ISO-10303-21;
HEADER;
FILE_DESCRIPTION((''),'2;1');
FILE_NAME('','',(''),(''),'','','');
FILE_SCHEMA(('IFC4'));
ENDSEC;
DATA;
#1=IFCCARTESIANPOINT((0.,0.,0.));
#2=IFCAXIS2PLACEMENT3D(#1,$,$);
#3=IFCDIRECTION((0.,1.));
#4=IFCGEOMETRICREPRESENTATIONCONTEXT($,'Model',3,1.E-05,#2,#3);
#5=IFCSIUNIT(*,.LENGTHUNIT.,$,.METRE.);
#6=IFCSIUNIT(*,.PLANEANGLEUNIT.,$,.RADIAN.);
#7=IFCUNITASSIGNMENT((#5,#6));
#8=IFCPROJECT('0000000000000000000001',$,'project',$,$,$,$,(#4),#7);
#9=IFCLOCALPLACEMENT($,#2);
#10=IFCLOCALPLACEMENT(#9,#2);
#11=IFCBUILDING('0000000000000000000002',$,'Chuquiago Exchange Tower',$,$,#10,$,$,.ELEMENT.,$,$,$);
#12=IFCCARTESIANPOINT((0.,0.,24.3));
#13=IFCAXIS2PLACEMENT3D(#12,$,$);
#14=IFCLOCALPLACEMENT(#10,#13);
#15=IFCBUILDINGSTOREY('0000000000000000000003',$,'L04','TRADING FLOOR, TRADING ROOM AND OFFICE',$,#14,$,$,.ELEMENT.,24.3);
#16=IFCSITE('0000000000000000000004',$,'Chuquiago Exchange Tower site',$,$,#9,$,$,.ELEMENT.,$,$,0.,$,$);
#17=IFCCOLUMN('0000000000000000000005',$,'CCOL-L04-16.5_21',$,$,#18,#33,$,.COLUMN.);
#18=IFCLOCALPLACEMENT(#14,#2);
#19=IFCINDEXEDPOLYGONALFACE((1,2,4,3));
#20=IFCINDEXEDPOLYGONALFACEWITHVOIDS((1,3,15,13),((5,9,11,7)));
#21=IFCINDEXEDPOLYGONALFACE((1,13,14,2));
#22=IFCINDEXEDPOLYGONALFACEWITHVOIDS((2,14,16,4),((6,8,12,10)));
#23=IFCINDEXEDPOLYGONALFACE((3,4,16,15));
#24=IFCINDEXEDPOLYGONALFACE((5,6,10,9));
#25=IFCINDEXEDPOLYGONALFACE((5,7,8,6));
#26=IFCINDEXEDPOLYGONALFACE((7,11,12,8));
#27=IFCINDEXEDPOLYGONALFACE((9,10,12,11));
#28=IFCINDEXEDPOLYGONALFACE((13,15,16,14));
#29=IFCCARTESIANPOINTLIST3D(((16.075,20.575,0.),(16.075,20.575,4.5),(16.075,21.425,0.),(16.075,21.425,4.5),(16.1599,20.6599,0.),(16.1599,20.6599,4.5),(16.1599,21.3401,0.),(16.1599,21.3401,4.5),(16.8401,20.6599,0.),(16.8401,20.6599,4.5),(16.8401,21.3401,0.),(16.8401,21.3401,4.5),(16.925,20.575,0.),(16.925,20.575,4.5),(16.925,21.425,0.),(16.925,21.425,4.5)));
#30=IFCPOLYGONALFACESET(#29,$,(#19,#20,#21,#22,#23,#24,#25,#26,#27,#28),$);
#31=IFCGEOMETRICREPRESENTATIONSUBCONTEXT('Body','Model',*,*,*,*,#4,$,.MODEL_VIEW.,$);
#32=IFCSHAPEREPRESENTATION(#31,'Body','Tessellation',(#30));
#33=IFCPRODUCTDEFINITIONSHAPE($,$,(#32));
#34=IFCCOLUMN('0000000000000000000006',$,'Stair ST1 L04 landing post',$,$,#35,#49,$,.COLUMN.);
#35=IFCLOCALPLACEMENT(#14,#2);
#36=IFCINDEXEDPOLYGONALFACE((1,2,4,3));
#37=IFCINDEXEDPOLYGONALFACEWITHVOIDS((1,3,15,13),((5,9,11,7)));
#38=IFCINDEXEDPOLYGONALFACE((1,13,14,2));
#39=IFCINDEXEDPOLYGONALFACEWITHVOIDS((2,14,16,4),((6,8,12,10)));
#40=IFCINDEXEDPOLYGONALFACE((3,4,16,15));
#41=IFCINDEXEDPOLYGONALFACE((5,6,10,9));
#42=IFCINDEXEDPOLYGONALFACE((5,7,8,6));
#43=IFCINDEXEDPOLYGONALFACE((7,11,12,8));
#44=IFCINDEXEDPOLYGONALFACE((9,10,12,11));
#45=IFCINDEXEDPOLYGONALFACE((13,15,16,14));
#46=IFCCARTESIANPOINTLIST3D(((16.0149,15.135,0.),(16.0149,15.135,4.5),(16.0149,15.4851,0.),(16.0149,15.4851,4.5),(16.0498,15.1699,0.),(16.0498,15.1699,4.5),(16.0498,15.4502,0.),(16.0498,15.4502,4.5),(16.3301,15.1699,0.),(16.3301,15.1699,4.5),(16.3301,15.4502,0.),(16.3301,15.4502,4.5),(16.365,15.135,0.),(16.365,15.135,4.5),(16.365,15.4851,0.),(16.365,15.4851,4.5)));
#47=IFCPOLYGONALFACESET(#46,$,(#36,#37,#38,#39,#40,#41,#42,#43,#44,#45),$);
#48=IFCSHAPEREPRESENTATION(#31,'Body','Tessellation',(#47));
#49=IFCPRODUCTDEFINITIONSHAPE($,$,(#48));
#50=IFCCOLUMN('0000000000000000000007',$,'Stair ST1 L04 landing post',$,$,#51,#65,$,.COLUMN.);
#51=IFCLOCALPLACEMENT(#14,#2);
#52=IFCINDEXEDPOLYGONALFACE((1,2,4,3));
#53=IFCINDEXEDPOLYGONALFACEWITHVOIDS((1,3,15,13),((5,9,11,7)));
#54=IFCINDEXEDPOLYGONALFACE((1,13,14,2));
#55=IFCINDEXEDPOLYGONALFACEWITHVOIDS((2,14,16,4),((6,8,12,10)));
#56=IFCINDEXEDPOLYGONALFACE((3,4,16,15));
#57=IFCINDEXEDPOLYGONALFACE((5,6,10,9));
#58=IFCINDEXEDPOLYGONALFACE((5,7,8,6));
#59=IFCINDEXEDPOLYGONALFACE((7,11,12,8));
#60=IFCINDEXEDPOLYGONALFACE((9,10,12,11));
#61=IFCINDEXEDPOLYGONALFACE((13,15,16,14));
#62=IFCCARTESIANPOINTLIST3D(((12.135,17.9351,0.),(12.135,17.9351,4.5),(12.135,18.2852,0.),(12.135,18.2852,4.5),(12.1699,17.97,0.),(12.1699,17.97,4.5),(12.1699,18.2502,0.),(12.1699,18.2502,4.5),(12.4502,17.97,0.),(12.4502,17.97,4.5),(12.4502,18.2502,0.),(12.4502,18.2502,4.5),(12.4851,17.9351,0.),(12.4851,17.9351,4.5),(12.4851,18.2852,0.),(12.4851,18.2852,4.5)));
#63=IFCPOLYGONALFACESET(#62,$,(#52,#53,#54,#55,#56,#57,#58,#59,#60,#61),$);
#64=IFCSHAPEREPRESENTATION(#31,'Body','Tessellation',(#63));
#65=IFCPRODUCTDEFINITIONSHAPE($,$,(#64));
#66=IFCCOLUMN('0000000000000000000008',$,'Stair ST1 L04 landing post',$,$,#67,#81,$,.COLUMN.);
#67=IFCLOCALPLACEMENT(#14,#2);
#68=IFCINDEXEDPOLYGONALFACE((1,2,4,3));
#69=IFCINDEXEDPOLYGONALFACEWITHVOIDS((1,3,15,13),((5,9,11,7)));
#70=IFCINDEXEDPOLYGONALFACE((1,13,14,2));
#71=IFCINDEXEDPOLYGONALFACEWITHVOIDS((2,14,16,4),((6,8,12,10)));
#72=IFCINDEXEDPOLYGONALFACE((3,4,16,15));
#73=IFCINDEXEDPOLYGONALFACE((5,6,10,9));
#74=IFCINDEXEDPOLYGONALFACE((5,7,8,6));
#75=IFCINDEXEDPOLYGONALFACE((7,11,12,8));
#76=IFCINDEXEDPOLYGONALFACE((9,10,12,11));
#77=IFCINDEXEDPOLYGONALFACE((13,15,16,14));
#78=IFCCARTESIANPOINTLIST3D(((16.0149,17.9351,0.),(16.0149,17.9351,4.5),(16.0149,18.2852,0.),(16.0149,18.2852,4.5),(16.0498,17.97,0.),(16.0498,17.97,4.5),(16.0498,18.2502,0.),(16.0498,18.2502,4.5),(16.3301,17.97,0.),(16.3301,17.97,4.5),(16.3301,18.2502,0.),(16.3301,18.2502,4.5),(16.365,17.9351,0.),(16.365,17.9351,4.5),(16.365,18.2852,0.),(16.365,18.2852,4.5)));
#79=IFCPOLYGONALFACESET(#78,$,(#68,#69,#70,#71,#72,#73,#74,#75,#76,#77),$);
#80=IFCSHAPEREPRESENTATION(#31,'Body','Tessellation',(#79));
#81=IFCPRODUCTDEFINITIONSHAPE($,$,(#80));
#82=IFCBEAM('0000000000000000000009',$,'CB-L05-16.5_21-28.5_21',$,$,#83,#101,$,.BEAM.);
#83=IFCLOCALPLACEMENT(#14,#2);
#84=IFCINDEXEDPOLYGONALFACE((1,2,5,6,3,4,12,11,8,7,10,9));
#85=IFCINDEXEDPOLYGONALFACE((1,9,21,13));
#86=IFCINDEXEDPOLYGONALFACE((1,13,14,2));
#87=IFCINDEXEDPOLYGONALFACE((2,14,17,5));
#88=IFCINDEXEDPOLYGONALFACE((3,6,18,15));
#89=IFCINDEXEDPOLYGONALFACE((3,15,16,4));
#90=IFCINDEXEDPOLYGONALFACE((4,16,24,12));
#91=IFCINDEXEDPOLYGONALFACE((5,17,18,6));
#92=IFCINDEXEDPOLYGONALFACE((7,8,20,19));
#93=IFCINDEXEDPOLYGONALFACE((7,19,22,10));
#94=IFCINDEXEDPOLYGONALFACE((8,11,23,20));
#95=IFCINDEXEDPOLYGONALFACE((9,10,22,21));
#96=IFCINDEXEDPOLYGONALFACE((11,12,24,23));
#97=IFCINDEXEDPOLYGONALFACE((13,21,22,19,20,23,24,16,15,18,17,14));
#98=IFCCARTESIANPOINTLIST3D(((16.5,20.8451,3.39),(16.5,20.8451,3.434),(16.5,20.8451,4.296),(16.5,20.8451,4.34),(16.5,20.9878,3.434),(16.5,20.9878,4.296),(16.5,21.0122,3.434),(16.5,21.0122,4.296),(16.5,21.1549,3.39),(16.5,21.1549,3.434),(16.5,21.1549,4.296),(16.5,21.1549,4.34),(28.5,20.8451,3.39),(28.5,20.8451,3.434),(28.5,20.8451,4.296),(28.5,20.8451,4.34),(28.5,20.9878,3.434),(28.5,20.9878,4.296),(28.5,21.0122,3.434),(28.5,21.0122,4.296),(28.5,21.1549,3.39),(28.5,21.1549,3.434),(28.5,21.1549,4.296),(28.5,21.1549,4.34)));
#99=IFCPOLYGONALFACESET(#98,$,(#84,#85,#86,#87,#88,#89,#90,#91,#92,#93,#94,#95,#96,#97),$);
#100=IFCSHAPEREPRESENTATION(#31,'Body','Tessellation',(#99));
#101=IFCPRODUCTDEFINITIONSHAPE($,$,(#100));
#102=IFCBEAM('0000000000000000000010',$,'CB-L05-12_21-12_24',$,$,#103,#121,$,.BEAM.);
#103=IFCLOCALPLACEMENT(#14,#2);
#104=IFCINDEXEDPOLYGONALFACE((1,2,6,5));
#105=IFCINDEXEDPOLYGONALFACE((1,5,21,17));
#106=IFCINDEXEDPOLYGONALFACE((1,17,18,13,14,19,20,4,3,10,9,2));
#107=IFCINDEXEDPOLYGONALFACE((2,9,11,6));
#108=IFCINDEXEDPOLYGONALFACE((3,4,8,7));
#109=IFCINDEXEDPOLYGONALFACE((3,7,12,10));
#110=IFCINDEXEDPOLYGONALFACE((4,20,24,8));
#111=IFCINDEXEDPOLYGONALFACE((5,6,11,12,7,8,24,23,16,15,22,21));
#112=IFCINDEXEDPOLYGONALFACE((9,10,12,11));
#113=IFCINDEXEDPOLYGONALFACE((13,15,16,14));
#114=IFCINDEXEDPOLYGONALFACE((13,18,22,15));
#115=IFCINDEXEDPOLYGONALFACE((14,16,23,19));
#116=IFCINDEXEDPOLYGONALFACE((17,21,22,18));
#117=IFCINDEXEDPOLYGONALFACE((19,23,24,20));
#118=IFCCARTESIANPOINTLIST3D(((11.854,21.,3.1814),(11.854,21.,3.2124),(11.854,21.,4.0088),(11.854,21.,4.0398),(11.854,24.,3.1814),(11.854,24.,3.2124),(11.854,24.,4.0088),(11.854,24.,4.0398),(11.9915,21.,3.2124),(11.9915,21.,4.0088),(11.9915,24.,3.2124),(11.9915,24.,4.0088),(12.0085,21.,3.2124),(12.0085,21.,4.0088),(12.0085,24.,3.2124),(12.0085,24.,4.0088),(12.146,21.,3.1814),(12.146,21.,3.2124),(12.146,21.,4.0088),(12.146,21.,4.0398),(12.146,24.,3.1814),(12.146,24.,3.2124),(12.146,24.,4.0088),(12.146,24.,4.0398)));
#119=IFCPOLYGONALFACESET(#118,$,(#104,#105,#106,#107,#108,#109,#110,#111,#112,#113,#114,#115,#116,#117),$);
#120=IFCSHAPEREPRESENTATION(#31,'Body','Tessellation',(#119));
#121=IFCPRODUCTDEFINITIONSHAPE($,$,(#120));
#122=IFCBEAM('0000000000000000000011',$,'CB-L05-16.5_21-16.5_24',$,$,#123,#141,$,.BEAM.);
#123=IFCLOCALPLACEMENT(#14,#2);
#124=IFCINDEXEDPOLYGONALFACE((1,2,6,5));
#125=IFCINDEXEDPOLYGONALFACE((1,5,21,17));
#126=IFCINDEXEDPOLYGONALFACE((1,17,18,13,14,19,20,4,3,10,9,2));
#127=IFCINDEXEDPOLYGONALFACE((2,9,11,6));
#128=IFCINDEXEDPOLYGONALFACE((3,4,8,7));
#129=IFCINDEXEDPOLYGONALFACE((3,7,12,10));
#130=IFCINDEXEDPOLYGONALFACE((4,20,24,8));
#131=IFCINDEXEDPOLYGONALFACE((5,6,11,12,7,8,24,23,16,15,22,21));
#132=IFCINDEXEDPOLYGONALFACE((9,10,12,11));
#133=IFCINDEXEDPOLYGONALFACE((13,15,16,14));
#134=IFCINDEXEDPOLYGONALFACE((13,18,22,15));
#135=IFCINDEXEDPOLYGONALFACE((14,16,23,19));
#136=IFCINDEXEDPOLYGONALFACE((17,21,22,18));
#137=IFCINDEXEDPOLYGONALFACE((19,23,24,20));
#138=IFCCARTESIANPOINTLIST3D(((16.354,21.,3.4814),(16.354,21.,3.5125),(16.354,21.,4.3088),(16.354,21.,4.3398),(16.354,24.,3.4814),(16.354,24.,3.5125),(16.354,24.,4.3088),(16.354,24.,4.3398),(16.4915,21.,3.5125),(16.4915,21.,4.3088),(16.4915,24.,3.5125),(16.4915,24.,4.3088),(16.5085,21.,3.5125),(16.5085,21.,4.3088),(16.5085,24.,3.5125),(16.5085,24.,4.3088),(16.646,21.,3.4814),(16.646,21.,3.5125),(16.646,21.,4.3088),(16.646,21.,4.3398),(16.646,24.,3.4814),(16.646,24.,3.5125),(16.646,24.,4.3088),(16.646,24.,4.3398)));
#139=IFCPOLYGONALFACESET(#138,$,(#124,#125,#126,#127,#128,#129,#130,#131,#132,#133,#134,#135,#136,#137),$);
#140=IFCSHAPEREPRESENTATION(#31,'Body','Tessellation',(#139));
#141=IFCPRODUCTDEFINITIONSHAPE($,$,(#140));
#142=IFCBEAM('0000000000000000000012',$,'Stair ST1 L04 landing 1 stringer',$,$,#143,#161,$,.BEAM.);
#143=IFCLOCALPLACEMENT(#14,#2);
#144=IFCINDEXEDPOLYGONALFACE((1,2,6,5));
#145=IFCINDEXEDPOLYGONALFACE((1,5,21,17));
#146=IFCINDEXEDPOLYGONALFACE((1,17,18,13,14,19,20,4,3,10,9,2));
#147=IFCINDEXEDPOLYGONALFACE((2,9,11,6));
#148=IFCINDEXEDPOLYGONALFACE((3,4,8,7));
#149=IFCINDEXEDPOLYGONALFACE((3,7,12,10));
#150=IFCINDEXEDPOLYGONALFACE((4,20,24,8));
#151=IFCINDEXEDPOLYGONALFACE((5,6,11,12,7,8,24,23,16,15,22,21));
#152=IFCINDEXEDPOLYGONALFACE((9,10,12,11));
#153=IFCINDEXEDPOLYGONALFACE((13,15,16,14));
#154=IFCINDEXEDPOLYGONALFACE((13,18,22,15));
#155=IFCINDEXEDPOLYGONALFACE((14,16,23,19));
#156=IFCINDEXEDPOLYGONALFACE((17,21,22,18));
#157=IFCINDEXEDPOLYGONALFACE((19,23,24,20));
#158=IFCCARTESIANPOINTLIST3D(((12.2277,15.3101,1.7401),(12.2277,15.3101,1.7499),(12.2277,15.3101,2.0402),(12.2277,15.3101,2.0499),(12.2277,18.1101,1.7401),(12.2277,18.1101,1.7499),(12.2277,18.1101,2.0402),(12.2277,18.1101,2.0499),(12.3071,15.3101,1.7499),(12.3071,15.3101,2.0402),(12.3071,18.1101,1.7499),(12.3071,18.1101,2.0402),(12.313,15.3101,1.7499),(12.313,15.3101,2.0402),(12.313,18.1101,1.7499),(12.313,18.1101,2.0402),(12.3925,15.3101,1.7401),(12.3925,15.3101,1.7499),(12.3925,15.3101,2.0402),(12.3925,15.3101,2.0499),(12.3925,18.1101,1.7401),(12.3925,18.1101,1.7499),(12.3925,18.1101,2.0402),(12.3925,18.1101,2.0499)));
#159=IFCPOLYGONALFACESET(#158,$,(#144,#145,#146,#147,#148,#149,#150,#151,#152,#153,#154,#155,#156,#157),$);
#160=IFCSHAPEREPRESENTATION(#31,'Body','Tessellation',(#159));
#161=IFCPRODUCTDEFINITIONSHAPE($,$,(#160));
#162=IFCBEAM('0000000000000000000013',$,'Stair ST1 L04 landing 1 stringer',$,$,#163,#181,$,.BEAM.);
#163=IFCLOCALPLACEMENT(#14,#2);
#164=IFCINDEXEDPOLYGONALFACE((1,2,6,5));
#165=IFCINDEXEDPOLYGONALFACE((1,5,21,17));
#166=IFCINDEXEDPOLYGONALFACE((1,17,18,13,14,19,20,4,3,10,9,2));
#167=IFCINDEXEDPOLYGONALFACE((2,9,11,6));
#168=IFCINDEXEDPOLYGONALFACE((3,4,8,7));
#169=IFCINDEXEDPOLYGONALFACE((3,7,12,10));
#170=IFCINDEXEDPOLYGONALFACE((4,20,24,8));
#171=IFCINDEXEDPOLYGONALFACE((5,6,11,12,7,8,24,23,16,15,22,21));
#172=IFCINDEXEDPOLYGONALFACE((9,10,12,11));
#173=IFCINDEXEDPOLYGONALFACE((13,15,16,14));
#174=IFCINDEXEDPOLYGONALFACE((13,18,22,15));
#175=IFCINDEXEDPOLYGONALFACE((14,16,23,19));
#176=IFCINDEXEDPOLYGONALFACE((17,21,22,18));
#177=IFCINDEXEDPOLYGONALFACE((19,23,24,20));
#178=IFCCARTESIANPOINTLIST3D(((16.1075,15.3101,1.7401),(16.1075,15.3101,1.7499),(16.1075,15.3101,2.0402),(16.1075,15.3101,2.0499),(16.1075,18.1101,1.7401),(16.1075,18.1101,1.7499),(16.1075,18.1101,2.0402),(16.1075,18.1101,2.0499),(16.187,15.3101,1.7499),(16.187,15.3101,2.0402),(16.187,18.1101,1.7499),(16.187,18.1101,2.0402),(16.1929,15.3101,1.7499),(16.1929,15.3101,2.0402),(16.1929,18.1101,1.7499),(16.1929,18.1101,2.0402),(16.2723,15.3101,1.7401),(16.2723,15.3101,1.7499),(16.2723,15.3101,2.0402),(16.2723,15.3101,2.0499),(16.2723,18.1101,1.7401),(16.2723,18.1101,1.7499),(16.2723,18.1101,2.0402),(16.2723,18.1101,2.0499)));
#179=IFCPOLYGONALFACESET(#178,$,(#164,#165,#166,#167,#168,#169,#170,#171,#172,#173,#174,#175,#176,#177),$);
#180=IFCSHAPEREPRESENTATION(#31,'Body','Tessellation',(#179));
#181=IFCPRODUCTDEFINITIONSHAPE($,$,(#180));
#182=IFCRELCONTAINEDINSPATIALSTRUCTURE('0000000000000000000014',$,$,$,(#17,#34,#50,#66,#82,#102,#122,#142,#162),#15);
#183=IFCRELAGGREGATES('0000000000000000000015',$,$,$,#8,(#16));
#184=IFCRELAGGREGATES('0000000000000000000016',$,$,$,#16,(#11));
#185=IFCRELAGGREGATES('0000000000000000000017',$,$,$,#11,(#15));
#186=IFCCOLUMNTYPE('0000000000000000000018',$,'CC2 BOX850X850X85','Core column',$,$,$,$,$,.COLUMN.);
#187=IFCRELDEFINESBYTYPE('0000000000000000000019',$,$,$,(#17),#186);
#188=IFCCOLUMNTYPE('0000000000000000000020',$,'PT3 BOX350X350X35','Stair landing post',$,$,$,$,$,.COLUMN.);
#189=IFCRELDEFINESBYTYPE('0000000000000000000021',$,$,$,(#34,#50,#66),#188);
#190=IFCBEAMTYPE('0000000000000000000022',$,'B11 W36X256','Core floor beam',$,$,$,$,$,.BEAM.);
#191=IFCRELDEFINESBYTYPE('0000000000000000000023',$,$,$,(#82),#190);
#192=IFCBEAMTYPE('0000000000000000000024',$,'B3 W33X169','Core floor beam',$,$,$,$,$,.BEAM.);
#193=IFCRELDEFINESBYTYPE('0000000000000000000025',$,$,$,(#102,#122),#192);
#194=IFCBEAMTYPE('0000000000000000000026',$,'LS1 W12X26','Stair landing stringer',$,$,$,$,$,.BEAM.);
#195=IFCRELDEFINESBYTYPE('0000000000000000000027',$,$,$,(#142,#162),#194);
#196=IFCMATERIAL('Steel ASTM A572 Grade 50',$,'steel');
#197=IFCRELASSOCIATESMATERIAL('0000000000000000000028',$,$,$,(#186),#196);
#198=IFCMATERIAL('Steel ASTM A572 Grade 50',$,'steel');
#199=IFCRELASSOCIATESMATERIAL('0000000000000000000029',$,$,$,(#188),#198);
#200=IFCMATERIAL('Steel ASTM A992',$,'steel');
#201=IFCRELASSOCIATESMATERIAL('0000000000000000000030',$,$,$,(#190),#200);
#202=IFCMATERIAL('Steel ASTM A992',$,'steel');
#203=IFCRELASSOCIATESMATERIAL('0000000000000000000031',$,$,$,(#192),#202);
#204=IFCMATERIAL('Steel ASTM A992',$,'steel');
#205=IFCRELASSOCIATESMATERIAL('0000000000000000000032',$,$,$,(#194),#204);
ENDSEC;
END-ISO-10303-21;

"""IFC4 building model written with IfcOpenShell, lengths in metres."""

from ifc_helpers import new_model, si_unit, direction, frame, origin, origin_2d, place, context, subcontext, project, spatial, hollow_rectangle, i_section, extrude, material, material_profile, profile_set, type_object, element, save


model = new_model("IFC4")

# Units and contexts
model_context = context("Model", 3, precision=1e-05, world=origin(), true_north=direction((0.0, 1.0)))
body_context = subcontext(model_context, "Body", "Model", "MODEL_VIEW")
ifc_project = project(units=[si_unit("LENGTHUNIT", "METRE"), si_unit("PLANEANGLEUNIT", "RADIAN")], contexts=[model_context])

# Site, building, storey
site_placement = place(None, origin())
site = spatial("IfcSite", under=ifc_project, at=site_placement, Name="Chuquiago Exchange Tower site", CompositionType="ELEMENT", RefElevation=0.0)
building_placement = place(site_placement, origin())
building = spatial("IfcBuilding", under=site, at=building_placement, Name="Chuquiago Exchange Tower", CompositionType="ELEMENT")
storey_placement = place(building_placement, frame((0.0, 0.0, 24.3)))
storey = spatial("IfcBuildingStorey", under=building, at=storey_placement, Name="L04", Description="TRADING FLOOR, TRADING ROOM AND OFFICE", CompositionType="ELEMENT", Elevation=24.3)

# Columns
ifc_material_1 = material(Name="Steel ASTM A572 Grade 50", Category="steel")
ifc_material_profile_1 = material_profile(ifc_material_1, hollow_rectangle(XDim=0.8501, YDim=0.8501, WallThickness=0.085, at=origin_2d()), Name="BOX850X850X85")
ifc_profile_set_1 = profile_set([ifc_material_profile_1], Name="Steel ASTM A572 Grade 50")
column_type_1 = type_object("IfcColumnType", Name="CC2 BOX850X850X85", Description="Core column", PredefinedType="COLUMN", material=ifc_profile_set_1)
column_placement = place(storey_placement, frame((16.5, 21.0, 0.0), z_axis=(0.0, 0.0, 1.0), x_axis=(1.0, 0.0, 0.0)))
element("IfcColumn", 1, at=column_placement, inside=storey, type_object=column_type_1, Name="CCOL-L04-16.5_21", PredefinedType="COLUMN", context=body_context, shape_type="SweptSolid", body=[
    extrude(hollow_rectangle(XDim=0.8501, YDim=0.8501, WallThickness=0.085, at=origin_2d()), origin(), (0.0, 0.0, 1.0), 4.5),
])
ifc_material_2 = material(Name="Steel ASTM A572 Grade 50", Category="steel")
ifc_material_profile_2 = material_profile(ifc_material_2, hollow_rectangle(XDim=0.3501, YDim=0.3501, WallThickness=0.0349, at=origin_2d()), Name="BOX350X350X35")
ifc_profile_set_2 = profile_set([ifc_material_profile_2], Name="Steel ASTM A572 Grade 50")
column_type_2 = type_object("IfcColumnType", Name="PT3 BOX350X350X35", Description="Stair landing post", PredefinedType="COLUMN", material=ifc_profile_set_2)
for number, where, z_axis, x_axis, name in (
    (2, (16.1899, 15.3101, 0.0), (0.0, 0.0, 1.0), (1.0, 0.0, 0.0), "Stair ST1 L04 landing post"),
    (3, (12.3101, 18.1101, 0.0), (0.0, 0.0, 1.0), (1.0, 0.0, 0.0), "Stair ST1 L04 landing post"),
    (4, (16.1899, 18.1101, 0.0), (0.0, 0.0, 1.0), (1.0, 0.0, 0.0), "Stair ST1 L04 landing post"),
):
    element("IfcColumn", number, at=place(storey_placement, frame(where, z_axis=z_axis, x_axis=x_axis)), inside=storey, type_object=column_type_2, Name=name, PredefinedType="COLUMN", context=body_context, shape_type="SweptSolid", body=[
        extrude(hollow_rectangle(XDim=0.3501, YDim=0.3501, WallThickness=0.0349, at=origin_2d()), origin(), (0.0, 0.0, 1.0), 4.5),
    ])

# Beams
ifc_material_3 = material(Name="Steel ASTM A992", Category="steel")
ifc_material_profile_3 = material_profile(ifc_material_3, i_section(OverallWidth=0.3098, OverallDepth=0.95, WebThickness=0.0244, FlangeThickness=0.0439, at=origin_2d()), Name="W36X256")
ifc_profile_set_3 = profile_set([ifc_material_profile_3], Name="Steel ASTM A992")
beam_type_1 = type_object("IfcBeamType", Name="B11 W36X256", Description="Core floor beam", PredefinedType="BEAM", material=ifc_profile_set_3)
beam_placement = place(storey_placement, frame((16.5, 21.0, 3.865), z_axis=(1.0, 0.0, 0.0), x_axis=(0.0, 1.0, 0.0)))
element("IfcBeam", 5, at=beam_placement, inside=storey, type_object=beam_type_1, Name="CB-L05-16.5_21-28.5_21", PredefinedType="BEAM", context=body_context, shape_type="SweptSolid", body=[
    extrude(i_section(OverallWidth=0.3098, OverallDepth=0.95, WebThickness=0.0244, FlangeThickness=0.0439, at=origin_2d()), origin(), (0.0, 0.0, 1.0), 12.0),
])
ifc_material_4 = material(Name="Steel ASTM A992", Category="steel")
ifc_material_profile_4 = material_profile(ifc_material_4, i_section(OverallWidth=0.292, OverallDepth=0.8584, WebThickness=0.0171, FlangeThickness=0.031, at=origin_2d()), Name="W33X169")
ifc_profile_set_4 = profile_set([ifc_material_profile_4], Name="Steel ASTM A992")
beam_type_2 = type_object("IfcBeamType", Name="B3 W33X169", Description="Core floor beam", PredefinedType="BEAM", material=ifc_profile_set_4)
for number, where, z_axis, x_axis, name in (
    (6, (12.0, 21.0, 3.6106), (0.0, 1.0, 0.0), (-1.0, 0.0, 0.0), "CB-L05-12_21-12_24"),
    (7, (16.5, 21.0, 3.9106), (0.0, 1.0, 0.0), (-1.0, 0.0, 0.0), "CB-L05-16.5_21-16.5_24"),
):
    element("IfcBeam", number, at=place(storey_placement, frame(where, z_axis=z_axis, x_axis=x_axis)), inside=storey, type_object=beam_type_2, Name=name, PredefinedType="BEAM", context=body_context, shape_type="SweptSolid", body=[
        extrude(i_section(OverallWidth=0.292, OverallDepth=0.8584, WebThickness=0.0171, FlangeThickness=0.031, at=origin_2d()), origin(), (0.0, 0.0, 1.0), 3.0),
    ])
ifc_material_5 = material(Name="Steel ASTM A992", Category="steel")
ifc_material_profile_5 = material_profile(ifc_material_5, i_section(OverallWidth=0.1648, OverallDepth=0.3098, WebThickness=0.0059, FlangeThickness=0.0098, at=origin_2d()), Name="W12X26")
ifc_profile_set_5 = profile_set([ifc_material_profile_5], Name="Steel ASTM A992")
beam_type_3 = type_object("IfcBeamType", Name="LS1 W12X26", Description="Stair landing stringer", PredefinedType="BEAM", material=ifc_profile_set_5)
for number, where, z_axis, x_axis, name in (
    (8, (12.3101, 15.3101, 1.895), (0.0, 1.0, 0.0), (-1.0, 0.0, 0.0), "Stair ST1 L04 landing 1 stringer"),
    (9, (16.1899, 15.3101, 1.895), (0.0, 1.0, 0.0), (-1.0, 0.0, 0.0), "Stair ST1 L04 landing 1 stringer"),
):
    element("IfcBeam", number, at=place(storey_placement, frame(where, z_axis=z_axis, x_axis=x_axis)), inside=storey, type_object=beam_type_3, Name=name, PredefinedType="BEAM", context=body_context, shape_type="SweptSolid", body=[
        extrude(i_section(OverallWidth=0.1648, OverallDepth=0.3098, WebThickness=0.0059, FlangeThickness=0.0098, at=origin_2d()), origin(), (0.0, 0.0, 1.0), 2.8),
    ])

save(model, "model.ifc")
